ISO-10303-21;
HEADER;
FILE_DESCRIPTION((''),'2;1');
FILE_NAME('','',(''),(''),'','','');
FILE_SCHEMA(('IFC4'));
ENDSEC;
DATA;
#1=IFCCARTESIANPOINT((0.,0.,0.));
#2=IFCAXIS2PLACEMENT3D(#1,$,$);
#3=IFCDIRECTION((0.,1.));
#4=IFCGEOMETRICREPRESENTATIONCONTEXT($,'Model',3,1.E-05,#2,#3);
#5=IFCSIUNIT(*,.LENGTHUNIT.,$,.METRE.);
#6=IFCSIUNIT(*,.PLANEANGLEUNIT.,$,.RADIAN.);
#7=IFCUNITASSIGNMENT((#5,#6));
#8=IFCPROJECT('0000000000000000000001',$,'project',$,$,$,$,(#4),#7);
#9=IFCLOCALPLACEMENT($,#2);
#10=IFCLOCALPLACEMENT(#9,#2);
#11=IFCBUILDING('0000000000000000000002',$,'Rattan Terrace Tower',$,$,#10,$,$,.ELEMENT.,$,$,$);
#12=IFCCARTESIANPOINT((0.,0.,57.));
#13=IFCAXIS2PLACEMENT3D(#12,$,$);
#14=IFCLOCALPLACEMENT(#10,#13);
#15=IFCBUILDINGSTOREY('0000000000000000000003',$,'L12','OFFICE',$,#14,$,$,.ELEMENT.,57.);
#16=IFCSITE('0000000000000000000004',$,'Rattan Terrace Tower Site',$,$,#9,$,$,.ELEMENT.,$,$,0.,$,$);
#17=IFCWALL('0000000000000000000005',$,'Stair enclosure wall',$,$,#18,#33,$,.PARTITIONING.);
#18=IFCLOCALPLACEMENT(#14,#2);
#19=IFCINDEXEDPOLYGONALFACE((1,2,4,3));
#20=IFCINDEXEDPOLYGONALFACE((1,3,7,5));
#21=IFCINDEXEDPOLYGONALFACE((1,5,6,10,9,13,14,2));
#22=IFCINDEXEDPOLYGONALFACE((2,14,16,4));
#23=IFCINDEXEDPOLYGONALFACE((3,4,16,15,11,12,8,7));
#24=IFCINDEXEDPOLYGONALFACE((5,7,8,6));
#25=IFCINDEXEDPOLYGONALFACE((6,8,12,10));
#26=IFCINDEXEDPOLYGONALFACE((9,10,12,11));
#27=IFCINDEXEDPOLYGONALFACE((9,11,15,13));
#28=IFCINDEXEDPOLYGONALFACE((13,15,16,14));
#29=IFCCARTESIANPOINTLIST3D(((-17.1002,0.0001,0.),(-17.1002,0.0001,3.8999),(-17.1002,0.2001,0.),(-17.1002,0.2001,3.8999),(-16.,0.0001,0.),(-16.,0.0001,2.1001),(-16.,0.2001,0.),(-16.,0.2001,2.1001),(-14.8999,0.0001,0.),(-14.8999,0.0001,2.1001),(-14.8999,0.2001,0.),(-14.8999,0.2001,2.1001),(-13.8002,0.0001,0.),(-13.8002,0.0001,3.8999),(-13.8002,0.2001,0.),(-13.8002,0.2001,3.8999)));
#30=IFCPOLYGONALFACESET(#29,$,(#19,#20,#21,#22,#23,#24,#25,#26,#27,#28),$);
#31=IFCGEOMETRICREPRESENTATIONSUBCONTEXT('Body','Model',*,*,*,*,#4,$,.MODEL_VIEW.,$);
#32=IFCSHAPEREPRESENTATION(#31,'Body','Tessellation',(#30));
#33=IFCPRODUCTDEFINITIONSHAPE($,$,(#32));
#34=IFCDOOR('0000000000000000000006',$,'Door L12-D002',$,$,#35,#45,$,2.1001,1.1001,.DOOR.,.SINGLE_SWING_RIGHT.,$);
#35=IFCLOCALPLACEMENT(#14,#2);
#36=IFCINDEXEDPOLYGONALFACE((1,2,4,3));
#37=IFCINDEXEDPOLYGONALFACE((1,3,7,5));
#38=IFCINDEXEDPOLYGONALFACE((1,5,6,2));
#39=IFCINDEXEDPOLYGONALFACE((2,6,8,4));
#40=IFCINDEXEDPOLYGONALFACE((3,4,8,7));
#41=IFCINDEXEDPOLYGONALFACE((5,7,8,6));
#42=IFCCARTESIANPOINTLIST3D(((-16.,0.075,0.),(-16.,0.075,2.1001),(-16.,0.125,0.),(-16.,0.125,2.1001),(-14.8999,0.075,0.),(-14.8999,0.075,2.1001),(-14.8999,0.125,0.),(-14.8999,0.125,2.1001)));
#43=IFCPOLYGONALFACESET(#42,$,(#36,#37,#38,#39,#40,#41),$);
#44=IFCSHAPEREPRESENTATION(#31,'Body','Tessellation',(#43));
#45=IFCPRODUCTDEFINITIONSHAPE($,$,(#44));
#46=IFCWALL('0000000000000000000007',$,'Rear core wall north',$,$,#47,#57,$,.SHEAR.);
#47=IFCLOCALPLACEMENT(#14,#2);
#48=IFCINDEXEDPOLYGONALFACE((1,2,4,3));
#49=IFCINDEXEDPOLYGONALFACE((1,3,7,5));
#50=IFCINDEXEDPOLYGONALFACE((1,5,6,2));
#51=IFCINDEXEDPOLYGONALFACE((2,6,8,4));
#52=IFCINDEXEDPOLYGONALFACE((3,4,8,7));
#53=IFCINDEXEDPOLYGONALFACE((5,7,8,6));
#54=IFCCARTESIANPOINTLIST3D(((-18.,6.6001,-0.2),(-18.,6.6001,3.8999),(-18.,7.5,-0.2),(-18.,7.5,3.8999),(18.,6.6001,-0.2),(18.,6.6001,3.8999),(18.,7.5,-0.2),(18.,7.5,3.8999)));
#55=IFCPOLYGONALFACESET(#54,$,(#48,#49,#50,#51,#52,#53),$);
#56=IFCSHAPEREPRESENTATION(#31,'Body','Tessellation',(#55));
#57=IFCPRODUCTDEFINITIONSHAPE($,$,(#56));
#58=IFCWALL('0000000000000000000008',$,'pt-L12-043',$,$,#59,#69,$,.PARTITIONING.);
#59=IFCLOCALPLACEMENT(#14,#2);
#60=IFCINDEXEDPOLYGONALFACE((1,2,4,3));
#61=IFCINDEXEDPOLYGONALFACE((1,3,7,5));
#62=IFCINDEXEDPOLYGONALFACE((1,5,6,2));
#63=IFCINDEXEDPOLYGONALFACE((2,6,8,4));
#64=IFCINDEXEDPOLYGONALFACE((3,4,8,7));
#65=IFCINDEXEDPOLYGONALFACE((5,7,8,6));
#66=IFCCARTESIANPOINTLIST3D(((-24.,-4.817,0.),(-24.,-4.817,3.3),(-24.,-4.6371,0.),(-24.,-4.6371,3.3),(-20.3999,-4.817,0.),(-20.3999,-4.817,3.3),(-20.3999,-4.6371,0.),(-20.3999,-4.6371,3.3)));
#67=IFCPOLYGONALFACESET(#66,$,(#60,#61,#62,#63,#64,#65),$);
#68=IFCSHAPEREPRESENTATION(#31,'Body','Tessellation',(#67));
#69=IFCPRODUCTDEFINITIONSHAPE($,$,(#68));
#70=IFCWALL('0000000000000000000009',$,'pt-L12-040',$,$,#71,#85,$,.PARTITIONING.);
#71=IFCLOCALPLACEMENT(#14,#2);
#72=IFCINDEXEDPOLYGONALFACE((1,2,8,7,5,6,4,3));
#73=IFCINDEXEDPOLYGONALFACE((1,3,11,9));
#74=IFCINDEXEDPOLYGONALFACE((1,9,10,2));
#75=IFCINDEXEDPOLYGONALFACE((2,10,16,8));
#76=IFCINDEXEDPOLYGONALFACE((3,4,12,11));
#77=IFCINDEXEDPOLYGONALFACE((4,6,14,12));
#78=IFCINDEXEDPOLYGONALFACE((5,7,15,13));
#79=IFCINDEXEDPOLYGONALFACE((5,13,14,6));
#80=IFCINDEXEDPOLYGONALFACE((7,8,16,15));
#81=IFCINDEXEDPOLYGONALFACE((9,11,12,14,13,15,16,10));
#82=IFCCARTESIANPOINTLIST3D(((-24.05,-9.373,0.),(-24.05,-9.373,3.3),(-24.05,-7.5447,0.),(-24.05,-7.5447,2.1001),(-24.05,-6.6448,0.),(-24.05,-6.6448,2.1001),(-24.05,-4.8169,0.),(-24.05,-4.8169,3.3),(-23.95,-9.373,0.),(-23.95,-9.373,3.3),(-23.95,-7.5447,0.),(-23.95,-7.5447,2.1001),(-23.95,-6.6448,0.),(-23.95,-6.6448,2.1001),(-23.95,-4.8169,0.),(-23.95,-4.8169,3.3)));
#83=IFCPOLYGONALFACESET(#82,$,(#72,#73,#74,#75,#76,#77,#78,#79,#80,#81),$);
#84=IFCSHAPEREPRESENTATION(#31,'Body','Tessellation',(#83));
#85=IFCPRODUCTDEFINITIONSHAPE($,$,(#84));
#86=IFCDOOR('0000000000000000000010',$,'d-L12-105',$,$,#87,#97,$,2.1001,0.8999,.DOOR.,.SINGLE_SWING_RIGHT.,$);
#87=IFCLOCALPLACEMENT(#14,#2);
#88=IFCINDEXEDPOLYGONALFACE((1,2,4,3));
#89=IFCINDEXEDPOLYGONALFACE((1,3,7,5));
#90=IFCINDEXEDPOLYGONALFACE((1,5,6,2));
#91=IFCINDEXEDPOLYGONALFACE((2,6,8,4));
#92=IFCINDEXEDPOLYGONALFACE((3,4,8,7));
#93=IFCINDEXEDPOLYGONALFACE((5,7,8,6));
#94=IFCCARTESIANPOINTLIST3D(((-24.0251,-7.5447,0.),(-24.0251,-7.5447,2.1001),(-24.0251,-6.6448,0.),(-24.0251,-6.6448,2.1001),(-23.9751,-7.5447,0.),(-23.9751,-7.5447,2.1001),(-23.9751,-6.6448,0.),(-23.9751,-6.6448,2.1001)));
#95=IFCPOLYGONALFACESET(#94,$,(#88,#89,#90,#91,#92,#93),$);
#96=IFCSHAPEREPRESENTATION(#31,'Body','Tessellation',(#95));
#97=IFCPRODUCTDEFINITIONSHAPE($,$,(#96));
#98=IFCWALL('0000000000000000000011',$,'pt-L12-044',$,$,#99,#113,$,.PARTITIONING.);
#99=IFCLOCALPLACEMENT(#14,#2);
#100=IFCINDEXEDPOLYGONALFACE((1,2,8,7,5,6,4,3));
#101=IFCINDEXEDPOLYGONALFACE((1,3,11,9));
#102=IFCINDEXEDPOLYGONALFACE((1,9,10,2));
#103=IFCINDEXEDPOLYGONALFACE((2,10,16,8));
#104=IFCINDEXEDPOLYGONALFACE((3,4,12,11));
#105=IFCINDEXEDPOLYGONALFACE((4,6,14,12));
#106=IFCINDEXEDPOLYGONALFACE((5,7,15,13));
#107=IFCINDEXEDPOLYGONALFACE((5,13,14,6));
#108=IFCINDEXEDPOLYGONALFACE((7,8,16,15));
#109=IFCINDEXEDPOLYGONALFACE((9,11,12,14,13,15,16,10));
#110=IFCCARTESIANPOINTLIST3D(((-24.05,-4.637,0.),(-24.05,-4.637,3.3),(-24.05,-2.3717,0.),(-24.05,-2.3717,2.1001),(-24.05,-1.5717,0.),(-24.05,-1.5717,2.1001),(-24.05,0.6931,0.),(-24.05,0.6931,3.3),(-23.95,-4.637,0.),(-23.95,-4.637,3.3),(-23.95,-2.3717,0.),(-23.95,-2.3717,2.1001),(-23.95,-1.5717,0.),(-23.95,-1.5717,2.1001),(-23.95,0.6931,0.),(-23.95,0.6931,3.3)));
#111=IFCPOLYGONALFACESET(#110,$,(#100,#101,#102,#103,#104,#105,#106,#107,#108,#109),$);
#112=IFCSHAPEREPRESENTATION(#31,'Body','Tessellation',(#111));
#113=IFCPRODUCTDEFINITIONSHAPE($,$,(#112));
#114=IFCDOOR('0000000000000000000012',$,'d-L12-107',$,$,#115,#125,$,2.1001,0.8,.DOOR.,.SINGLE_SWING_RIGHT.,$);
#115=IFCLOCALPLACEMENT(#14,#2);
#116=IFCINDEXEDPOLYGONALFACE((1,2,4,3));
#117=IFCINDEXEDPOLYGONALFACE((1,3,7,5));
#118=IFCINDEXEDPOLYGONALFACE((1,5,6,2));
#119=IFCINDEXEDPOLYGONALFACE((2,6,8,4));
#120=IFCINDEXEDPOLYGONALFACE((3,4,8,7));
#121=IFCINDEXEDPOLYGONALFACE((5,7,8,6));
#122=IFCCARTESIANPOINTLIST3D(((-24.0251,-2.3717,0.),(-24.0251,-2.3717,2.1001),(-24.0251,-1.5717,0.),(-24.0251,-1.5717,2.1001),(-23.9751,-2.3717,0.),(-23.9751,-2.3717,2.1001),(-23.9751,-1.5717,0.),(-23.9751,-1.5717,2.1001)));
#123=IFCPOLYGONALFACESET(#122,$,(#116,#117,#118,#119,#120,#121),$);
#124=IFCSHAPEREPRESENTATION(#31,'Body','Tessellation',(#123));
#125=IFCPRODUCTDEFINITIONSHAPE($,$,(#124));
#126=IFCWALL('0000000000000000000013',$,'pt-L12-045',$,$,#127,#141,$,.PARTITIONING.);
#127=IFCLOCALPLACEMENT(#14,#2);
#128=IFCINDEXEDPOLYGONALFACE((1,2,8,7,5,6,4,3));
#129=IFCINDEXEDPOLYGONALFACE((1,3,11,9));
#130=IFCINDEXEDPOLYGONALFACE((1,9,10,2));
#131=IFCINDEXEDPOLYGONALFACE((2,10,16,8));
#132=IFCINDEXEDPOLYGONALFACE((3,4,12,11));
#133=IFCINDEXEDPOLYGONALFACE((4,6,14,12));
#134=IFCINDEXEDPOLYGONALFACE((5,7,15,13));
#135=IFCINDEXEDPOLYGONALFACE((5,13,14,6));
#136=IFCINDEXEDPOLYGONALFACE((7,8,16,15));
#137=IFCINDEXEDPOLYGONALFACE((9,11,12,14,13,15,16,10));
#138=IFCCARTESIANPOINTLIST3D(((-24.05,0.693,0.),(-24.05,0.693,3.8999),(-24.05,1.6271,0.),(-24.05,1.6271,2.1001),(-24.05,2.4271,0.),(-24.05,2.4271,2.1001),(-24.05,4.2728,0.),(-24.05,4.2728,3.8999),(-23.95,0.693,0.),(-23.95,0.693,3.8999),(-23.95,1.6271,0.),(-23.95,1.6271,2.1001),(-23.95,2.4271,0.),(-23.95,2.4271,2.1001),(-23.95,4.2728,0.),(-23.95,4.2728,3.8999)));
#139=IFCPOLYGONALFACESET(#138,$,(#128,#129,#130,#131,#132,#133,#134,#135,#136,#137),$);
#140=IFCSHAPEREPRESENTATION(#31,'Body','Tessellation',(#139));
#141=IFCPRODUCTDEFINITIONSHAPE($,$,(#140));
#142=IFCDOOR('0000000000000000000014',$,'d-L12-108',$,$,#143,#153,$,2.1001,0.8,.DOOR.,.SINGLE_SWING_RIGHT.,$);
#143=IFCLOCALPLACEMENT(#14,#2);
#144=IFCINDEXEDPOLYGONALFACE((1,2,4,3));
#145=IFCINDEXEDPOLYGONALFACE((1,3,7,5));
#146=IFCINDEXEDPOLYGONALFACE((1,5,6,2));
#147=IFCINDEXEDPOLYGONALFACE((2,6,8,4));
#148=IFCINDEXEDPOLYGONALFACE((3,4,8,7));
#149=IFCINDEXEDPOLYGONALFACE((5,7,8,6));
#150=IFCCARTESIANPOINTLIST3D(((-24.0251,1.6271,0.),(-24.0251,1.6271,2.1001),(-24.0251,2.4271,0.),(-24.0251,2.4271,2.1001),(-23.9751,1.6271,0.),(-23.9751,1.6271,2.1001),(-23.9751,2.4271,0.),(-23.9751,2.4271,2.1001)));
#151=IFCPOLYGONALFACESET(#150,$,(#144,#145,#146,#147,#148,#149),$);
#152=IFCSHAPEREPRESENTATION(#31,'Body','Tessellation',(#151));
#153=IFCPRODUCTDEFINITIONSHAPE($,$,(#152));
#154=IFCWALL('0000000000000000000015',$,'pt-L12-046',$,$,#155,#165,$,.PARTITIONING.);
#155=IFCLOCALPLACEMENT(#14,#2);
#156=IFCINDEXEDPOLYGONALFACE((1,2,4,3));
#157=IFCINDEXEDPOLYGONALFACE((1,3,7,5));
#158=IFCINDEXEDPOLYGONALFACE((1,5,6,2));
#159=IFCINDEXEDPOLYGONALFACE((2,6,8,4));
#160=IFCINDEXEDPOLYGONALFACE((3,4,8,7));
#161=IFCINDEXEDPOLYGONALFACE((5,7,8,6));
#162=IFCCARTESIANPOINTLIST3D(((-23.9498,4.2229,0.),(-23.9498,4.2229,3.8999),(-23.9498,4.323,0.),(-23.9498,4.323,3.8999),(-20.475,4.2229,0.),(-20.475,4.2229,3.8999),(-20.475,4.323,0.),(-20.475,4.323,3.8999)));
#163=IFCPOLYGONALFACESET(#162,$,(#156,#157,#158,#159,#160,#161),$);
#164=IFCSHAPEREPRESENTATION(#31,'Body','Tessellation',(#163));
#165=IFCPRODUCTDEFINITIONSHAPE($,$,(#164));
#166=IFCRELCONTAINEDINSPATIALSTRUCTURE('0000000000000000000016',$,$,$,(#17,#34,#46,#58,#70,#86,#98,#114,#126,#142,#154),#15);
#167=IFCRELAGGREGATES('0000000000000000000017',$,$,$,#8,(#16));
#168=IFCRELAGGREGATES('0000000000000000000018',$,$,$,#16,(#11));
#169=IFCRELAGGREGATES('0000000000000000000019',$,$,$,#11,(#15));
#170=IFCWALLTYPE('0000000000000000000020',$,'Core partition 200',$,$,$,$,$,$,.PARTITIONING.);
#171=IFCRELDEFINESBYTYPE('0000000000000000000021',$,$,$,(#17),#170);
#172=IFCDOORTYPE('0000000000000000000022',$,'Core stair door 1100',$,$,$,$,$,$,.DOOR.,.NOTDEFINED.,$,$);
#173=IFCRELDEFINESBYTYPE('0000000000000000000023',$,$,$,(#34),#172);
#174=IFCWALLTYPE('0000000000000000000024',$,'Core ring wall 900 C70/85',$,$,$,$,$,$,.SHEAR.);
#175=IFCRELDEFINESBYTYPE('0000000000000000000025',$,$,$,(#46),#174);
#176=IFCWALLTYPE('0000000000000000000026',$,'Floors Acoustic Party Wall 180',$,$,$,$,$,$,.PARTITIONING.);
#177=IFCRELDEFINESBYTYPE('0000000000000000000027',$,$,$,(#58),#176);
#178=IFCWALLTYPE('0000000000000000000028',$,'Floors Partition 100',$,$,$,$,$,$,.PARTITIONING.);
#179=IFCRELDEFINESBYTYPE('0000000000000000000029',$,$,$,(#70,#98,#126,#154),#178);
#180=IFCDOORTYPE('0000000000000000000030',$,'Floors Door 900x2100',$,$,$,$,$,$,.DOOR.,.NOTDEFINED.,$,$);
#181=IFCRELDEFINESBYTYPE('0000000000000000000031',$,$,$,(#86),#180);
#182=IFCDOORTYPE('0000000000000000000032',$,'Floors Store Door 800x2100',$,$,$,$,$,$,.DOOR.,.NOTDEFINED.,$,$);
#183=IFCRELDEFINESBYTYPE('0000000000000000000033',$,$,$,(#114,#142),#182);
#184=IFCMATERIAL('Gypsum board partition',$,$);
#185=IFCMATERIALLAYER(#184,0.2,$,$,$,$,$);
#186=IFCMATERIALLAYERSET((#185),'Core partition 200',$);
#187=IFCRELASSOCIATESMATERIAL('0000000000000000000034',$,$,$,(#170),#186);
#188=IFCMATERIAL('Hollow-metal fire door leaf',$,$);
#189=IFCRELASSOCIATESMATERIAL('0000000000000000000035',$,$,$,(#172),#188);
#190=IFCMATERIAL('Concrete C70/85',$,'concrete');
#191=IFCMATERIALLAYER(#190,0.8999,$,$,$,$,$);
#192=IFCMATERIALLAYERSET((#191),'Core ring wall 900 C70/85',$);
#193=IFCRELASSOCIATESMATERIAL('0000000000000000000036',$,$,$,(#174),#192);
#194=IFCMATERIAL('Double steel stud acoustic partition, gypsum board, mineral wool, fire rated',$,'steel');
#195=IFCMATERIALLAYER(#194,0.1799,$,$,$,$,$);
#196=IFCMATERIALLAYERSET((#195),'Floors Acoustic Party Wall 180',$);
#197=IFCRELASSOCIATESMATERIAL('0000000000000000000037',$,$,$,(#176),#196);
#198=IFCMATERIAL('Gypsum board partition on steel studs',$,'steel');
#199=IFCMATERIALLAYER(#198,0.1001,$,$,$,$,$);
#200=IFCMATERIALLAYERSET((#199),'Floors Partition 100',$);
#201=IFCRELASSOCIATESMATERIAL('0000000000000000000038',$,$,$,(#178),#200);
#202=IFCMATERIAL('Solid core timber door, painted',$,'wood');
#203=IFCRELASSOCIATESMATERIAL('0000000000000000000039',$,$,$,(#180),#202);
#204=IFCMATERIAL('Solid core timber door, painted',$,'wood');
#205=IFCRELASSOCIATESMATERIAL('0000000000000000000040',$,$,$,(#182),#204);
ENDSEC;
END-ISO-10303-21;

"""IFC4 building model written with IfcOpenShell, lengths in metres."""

from ifc_helpers import new_model, si_unit, direction, frame, frame_2d, origin, place, context, subcontext, project, spatial, rectangle, extrude, material, layer, layer_set, type_object, element, fill, save


model = new_model("IFC4")

# Units and contexts
model_context = context("Model", 3, precision=1e-05, world=origin(), true_north=direction((0.0, 1.0)))
body_context = subcontext(model_context, "Body", "Model", "MODEL_VIEW")
ifc_project = project(units=[si_unit("LENGTHUNIT", "METRE"), si_unit("PLANEANGLEUNIT", "RADIAN")], contexts=[model_context])

# Site, building, storey
site_placement = place(None, origin())
site = spatial("IfcSite", under=ifc_project, at=site_placement, Name="Rattan Terrace Tower Site", CompositionType="ELEMENT", RefElevation=0.0)
building_placement = place(site_placement, origin())
building = spatial("IfcBuilding", under=site, at=building_placement, Name="Rattan Terrace Tower", CompositionType="ELEMENT")
storey_placement = place(building_placement, frame((0.0, 0.0, 57.0)))
storey = spatial("IfcBuildingStorey", under=building, at=storey_placement, Name="L12", Description="OFFICE", CompositionType="ELEMENT", Elevation=57.0)

# Wall, opening, door
ifc_material_1 = material(Name="Gypsum board partition")
ifc_layer_1 = layer(ifc_material_1, 0.2)
ifc_layer_set_1 = layer_set([ifc_layer_1], Name="Core partition 200")
wall_type_1 = type_object("IfcWallType", Name="Core partition 200", PredefinedType="PARTITIONING", material=ifc_layer_set_1)
wall_1_placement = place(storey_placement, frame((-17.1001, 0.1001, 0.0), z_axis=(0.0, 0.0, 1.0), x_axis=(1.0, 0.0, 0.0)))
wall_1 = element("IfcWall", 1, at=wall_1_placement, inside=storey, type_object=wall_type_1, Name="Stair enclosure wall", PredefinedType="PARTITIONING", context=body_context, shape_type="SweptSolid", body=[
    extrude(rectangle(XDim=3.3, YDim=0.2, at=frame_2d((1.6499, 0.0))), origin(), (0.0, 0.0, 1.0), 3.8999),
])
opening_1_placement = place(wall_1_placement, frame((1.1001, 0.0, 0.0)))
opening_1 = element("IfcOpeningElement", 2, at=opening_1_placement, cuts=wall_1, PredefinedType="OPENING", context=body_context, shape_type="SweptSolid", body=[
    extrude(rectangle(XDim=1.1001, YDim=2.1001, at=frame_2d((0.55, 1.05))), frame((0.0, 0.1106, 0.0), z_axis=(0.0, -1.0, 0.0), x_axis=(1.0, 0.0, 0.0)), (0.0, 0.0, 1.0), 0.2209),
])
ifc_material_2 = material(Name="Hollow-metal fire door leaf")
door_type_1 = type_object("IfcDoorType", Name="Core stair door 1100", OperationType="NOTDEFINED", PredefinedType="DOOR", material=ifc_material_2)
door_1_placement = place(opening_1_placement, origin())
door_1 = element("IfcDoor", 3, at=door_1_placement, inside=storey, type_object=door_type_1, Name="Door L12-D002", OperationType="SINGLE_SWING_RIGHT", OverallHeight=2.1001, OverallWidth=1.1001, PredefinedType="DOOR", context=body_context, shape_type="SweptSolid", body=[
    extrude(rectangle(XDim=1.1001, YDim=2.1001, at=frame_2d((0.55, 1.05))), frame((0.0, 0.0249, 0.0), z_axis=(0.0, -1.0, 0.0), x_axis=(1.0, 0.0, 0.0)), (0.0, 0.0, 1.0), 0.05),
])
fill(opening_1, door_1)

# Walls
ifc_material_3 = material(Name="Concrete C70/85", Category="concrete")
ifc_layer_2 = layer(ifc_material_3, 0.8999)
ifc_layer_set_2 = layer_set([ifc_layer_2], Name="Core ring wall 900 C70/85")
wall_type_2 = type_object("IfcWallType", Name="Core ring wall 900 C70/85", PredefinedType="SHEAR", material=ifc_layer_set_2)
wall_2_placement = place(storey_placement, frame((-18.0, 7.05, -0.2), z_axis=(0.0, 0.0, 1.0), x_axis=(1.0, 0.0, 0.0)))
element("IfcWall", 4, at=wall_2_placement, inside=storey, type_object=wall_type_2, Name="Rear core wall north", PredefinedType="SHEAR", context=body_context, shape_type="SweptSolid", body=[
    extrude(rectangle(XDim=36.0, YDim=0.8999, at=frame_2d((18.0, 0.0))), origin(), (0.0, 0.0, 1.0), 4.0999),
])
ifc_material_4 = material(Name="Double steel stud acoustic partition, gypsum board, mineral wool, fire rated", Category="steel")
ifc_layer_3 = layer(ifc_material_4, 0.1799)
ifc_layer_set_3 = layer_set([ifc_layer_3], Name="Floors Acoustic Party Wall 180")
wall_type_3 = type_object("IfcWallType", Name="Floors Acoustic Party Wall 180", PredefinedType="PARTITIONING", material=ifc_layer_set_3)
wall_3_placement = place(storey_placement, frame((-24.0, -4.7271, 0.0), z_axis=(0.0, 0.0, 1.0), x_axis=(1.0, 0.0, 0.0)))
element("IfcWall", 5, at=wall_3_placement, inside=storey, type_object=wall_type_3, Name="pt-L12-043", PredefinedType="PARTITIONING", context=body_context, shape_type="SweptSolid", body=[
    extrude(rectangle(XDim=3.6001, YDim=0.1799, at=frame_2d((1.8, 0.0))), origin(), (0.0, 0.0, 1.0), 3.3),
])

# Walls, openings, doors
ifc_material_5 = material(Name="Gypsum board partition on steel studs", Category="steel")
ifc_layer_4 = layer(ifc_material_5, 0.1001)
ifc_layer_set_4 = layer_set([ifc_layer_4], Name="Floors Partition 100")
wall_type_4 = type_object("IfcWallType", Name="Floors Partition 100", PredefinedType="PARTITIONING", material=ifc_layer_set_4)
wall_4_placement = place(storey_placement, frame((-24.0, -4.8169, 0.0), z_axis=(0.0, 0.0, 1.0), x_axis=(0.0, -1.0, 0.0)))
wall_4 = element("IfcWall", 6, at=wall_4_placement, inside=storey, type_object=wall_type_4, Name="pt-L12-040", PredefinedType="PARTITIONING", context=body_context, shape_type="SweptSolid", body=[
    extrude(rectangle(XDim=4.5562, YDim=0.1001, at=frame_2d((2.2781, 0.0))), origin(), (0.0, 0.0, 1.0), 3.3),
])
opening_2_placement = place(wall_4_placement, frame((1.8279, 0.0, 0.0)))
opening_2 = element("IfcOpeningElement", 7, at=opening_2_placement, cuts=wall_4, PredefinedType="OPENING", context=body_context, shape_type="SweptSolid", body=[
    extrude(rectangle(XDim=0.8999, YDim=2.1001, at=frame_2d((0.45, 1.05))), frame((0.0, 0.0605, 0.0), z_axis=(0.0, -1.0, 0.0), x_axis=(1.0, 0.0, 0.0)), (0.0, 0.0, 1.0), 0.1211),
])
ifc_material_6 = material(Name="Solid core timber door, painted", Category="wood")
door_type_2 = type_object("IfcDoorType", Name="Floors Door 900x2100", OperationType="NOTDEFINED", PredefinedType="DOOR", material=ifc_material_6)
door_2_placement = place(opening_2_placement, origin())
door_2 = element("IfcDoor", 8, at=door_2_placement, inside=storey, type_object=door_type_2, Name="d-L12-105", OperationType="SINGLE_SWING_RIGHT", OverallHeight=2.1001, OverallWidth=0.8999, PredefinedType="DOOR", context=body_context, shape_type="SweptSolid", body=[
    extrude(rectangle(XDim=0.8999, YDim=2.1001, at=frame_2d((0.45, 1.05))), frame((0.0, 0.0249, 0.0), z_axis=(0.0, -1.0, 0.0), x_axis=(1.0, 0.0, 0.0)), (0.0, 0.0, 1.0), 0.05),
])
fill(opening_2, door_2)
wall_5_placement = place(storey_placement, frame((-24.0, 0.6931, 0.0), z_axis=(0.0, 0.0, 1.0), x_axis=(0.0, -1.0, 0.0)))
wall_5 = element("IfcWall", 9, at=wall_5_placement, inside=storey, type_object=wall_type_4, Name="pt-L12-044", PredefinedType="PARTITIONING", context=body_context, shape_type="SweptSolid", body=[
    extrude(rectangle(XDim=5.3301, YDim=0.1001, at=frame_2d((2.665, 0.0))), origin(), (0.0, 0.0, 1.0), 3.3),
])
opening_3_placement = place(wall_5_placement, frame((2.2649, 0.0, 0.0)))
opening_3 = element("IfcOpeningElement", 10, at=opening_3_placement, cuts=wall_5, PredefinedType="OPENING", context=body_context, shape_type="SweptSolid", body=[
    extrude(rectangle(XDim=0.8, YDim=2.1001, at=frame_2d((0.3999, 1.05))), frame((0.0, 0.0605, 0.0), z_axis=(0.0, -1.0, 0.0), x_axis=(1.0, 0.0, 0.0)), (0.0, 0.0, 1.0), 0.1211),
])
ifc_material_7 = material(Name="Solid core timber door, painted", Category="wood")
door_type_3 = type_object("IfcDoorType", Name="Floors Store Door 800x2100", OperationType="NOTDEFINED", PredefinedType="DOOR", material=ifc_material_7)
door_3_placement = place(opening_3_placement, origin())
door_3 = element("IfcDoor", 11, at=door_3_placement, inside=storey, type_object=door_type_3, Name="d-L12-107", OperationType="SINGLE_SWING_RIGHT", OverallHeight=2.1001, OverallWidth=0.8, PredefinedType="DOOR", context=body_context, shape_type="SweptSolid", body=[
    extrude(rectangle(XDim=0.8, YDim=2.1001, at=frame_2d((0.3999, 1.05))), frame((0.0, 0.0249, 0.0), z_axis=(0.0, -1.0, 0.0), x_axis=(1.0, 0.0, 0.0)), (0.0, 0.0, 1.0), 0.05),
])
fill(opening_3, door_3)
wall_6_placement = place(storey_placement, frame((-24.0, 4.2729, 0.0), z_axis=(0.0, 0.0, 1.0), x_axis=(0.0, -1.0, 0.0)))
wall_6 = element("IfcWall", 12, at=wall_6_placement, inside=storey, type_object=wall_type_4, Name="pt-L12-045", PredefinedType="PARTITIONING", context=body_context, shape_type="SweptSolid", body=[
    extrude(rectangle(XDim=3.5798, YDim=0.1001, at=frame_2d((1.79, 0.0))), origin(), (0.0, 0.0, 1.0), 3.8999),
])
opening_4_placement = place(wall_6_placement, frame((1.8459, 0.0, 0.0)))
opening_4 = element("IfcOpeningElement", 13, at=opening_4_placement, cuts=wall_6, PredefinedType="OPENING", context=body_context, shape_type="SweptSolid", body=[
    extrude(rectangle(XDim=0.8, YDim=2.1001, at=frame_2d((0.3999, 1.05))), frame((0.0, 0.0605, 0.0), z_axis=(0.0, -1.0, 0.0), x_axis=(1.0, 0.0, 0.0)), (0.0, 0.0, 1.0), 0.1211),
])
door_4_placement = place(opening_4_placement, origin())
door_4 = element("IfcDoor", 14, at=door_4_placement, inside=storey, type_object=door_type_3, Name="d-L12-108", OperationType="SINGLE_SWING_RIGHT", OverallHeight=2.1001, OverallWidth=0.8, PredefinedType="DOOR", context=body_context, shape_type="SweptSolid", body=[
    extrude(rectangle(XDim=0.8, YDim=2.1001, at=frame_2d((0.3999, 1.05))), frame((0.0, 0.0249, 0.0), z_axis=(0.0, -1.0, 0.0), x_axis=(1.0, 0.0, 0.0)), (0.0, 0.0, 1.0), 0.05),
])
fill(opening_4, door_4)

# Wall
for number, where, z_axis, x_axis, name in (
    (15, (-20.4751, 4.2729, 0.0), (0.0, 0.0, 1.0), (-1.0, 0.0, 0.0), "pt-L12-046"),
):
    element("IfcWall", number, at=place(storey_placement, frame(where, z_axis=z_axis, x_axis=x_axis)), inside=storey, type_object=wall_type_4, Name=name, PredefinedType="PARTITIONING", context=body_context, shape_type="SweptSolid", body=[
        extrude(rectangle(XDim=3.4749, YDim=0.1001, at=frame_2d((1.7373, 0.0))), origin(), (0.0, 0.0, 1.0), 3.8999),
    ])

save(model, "model.ifc")
